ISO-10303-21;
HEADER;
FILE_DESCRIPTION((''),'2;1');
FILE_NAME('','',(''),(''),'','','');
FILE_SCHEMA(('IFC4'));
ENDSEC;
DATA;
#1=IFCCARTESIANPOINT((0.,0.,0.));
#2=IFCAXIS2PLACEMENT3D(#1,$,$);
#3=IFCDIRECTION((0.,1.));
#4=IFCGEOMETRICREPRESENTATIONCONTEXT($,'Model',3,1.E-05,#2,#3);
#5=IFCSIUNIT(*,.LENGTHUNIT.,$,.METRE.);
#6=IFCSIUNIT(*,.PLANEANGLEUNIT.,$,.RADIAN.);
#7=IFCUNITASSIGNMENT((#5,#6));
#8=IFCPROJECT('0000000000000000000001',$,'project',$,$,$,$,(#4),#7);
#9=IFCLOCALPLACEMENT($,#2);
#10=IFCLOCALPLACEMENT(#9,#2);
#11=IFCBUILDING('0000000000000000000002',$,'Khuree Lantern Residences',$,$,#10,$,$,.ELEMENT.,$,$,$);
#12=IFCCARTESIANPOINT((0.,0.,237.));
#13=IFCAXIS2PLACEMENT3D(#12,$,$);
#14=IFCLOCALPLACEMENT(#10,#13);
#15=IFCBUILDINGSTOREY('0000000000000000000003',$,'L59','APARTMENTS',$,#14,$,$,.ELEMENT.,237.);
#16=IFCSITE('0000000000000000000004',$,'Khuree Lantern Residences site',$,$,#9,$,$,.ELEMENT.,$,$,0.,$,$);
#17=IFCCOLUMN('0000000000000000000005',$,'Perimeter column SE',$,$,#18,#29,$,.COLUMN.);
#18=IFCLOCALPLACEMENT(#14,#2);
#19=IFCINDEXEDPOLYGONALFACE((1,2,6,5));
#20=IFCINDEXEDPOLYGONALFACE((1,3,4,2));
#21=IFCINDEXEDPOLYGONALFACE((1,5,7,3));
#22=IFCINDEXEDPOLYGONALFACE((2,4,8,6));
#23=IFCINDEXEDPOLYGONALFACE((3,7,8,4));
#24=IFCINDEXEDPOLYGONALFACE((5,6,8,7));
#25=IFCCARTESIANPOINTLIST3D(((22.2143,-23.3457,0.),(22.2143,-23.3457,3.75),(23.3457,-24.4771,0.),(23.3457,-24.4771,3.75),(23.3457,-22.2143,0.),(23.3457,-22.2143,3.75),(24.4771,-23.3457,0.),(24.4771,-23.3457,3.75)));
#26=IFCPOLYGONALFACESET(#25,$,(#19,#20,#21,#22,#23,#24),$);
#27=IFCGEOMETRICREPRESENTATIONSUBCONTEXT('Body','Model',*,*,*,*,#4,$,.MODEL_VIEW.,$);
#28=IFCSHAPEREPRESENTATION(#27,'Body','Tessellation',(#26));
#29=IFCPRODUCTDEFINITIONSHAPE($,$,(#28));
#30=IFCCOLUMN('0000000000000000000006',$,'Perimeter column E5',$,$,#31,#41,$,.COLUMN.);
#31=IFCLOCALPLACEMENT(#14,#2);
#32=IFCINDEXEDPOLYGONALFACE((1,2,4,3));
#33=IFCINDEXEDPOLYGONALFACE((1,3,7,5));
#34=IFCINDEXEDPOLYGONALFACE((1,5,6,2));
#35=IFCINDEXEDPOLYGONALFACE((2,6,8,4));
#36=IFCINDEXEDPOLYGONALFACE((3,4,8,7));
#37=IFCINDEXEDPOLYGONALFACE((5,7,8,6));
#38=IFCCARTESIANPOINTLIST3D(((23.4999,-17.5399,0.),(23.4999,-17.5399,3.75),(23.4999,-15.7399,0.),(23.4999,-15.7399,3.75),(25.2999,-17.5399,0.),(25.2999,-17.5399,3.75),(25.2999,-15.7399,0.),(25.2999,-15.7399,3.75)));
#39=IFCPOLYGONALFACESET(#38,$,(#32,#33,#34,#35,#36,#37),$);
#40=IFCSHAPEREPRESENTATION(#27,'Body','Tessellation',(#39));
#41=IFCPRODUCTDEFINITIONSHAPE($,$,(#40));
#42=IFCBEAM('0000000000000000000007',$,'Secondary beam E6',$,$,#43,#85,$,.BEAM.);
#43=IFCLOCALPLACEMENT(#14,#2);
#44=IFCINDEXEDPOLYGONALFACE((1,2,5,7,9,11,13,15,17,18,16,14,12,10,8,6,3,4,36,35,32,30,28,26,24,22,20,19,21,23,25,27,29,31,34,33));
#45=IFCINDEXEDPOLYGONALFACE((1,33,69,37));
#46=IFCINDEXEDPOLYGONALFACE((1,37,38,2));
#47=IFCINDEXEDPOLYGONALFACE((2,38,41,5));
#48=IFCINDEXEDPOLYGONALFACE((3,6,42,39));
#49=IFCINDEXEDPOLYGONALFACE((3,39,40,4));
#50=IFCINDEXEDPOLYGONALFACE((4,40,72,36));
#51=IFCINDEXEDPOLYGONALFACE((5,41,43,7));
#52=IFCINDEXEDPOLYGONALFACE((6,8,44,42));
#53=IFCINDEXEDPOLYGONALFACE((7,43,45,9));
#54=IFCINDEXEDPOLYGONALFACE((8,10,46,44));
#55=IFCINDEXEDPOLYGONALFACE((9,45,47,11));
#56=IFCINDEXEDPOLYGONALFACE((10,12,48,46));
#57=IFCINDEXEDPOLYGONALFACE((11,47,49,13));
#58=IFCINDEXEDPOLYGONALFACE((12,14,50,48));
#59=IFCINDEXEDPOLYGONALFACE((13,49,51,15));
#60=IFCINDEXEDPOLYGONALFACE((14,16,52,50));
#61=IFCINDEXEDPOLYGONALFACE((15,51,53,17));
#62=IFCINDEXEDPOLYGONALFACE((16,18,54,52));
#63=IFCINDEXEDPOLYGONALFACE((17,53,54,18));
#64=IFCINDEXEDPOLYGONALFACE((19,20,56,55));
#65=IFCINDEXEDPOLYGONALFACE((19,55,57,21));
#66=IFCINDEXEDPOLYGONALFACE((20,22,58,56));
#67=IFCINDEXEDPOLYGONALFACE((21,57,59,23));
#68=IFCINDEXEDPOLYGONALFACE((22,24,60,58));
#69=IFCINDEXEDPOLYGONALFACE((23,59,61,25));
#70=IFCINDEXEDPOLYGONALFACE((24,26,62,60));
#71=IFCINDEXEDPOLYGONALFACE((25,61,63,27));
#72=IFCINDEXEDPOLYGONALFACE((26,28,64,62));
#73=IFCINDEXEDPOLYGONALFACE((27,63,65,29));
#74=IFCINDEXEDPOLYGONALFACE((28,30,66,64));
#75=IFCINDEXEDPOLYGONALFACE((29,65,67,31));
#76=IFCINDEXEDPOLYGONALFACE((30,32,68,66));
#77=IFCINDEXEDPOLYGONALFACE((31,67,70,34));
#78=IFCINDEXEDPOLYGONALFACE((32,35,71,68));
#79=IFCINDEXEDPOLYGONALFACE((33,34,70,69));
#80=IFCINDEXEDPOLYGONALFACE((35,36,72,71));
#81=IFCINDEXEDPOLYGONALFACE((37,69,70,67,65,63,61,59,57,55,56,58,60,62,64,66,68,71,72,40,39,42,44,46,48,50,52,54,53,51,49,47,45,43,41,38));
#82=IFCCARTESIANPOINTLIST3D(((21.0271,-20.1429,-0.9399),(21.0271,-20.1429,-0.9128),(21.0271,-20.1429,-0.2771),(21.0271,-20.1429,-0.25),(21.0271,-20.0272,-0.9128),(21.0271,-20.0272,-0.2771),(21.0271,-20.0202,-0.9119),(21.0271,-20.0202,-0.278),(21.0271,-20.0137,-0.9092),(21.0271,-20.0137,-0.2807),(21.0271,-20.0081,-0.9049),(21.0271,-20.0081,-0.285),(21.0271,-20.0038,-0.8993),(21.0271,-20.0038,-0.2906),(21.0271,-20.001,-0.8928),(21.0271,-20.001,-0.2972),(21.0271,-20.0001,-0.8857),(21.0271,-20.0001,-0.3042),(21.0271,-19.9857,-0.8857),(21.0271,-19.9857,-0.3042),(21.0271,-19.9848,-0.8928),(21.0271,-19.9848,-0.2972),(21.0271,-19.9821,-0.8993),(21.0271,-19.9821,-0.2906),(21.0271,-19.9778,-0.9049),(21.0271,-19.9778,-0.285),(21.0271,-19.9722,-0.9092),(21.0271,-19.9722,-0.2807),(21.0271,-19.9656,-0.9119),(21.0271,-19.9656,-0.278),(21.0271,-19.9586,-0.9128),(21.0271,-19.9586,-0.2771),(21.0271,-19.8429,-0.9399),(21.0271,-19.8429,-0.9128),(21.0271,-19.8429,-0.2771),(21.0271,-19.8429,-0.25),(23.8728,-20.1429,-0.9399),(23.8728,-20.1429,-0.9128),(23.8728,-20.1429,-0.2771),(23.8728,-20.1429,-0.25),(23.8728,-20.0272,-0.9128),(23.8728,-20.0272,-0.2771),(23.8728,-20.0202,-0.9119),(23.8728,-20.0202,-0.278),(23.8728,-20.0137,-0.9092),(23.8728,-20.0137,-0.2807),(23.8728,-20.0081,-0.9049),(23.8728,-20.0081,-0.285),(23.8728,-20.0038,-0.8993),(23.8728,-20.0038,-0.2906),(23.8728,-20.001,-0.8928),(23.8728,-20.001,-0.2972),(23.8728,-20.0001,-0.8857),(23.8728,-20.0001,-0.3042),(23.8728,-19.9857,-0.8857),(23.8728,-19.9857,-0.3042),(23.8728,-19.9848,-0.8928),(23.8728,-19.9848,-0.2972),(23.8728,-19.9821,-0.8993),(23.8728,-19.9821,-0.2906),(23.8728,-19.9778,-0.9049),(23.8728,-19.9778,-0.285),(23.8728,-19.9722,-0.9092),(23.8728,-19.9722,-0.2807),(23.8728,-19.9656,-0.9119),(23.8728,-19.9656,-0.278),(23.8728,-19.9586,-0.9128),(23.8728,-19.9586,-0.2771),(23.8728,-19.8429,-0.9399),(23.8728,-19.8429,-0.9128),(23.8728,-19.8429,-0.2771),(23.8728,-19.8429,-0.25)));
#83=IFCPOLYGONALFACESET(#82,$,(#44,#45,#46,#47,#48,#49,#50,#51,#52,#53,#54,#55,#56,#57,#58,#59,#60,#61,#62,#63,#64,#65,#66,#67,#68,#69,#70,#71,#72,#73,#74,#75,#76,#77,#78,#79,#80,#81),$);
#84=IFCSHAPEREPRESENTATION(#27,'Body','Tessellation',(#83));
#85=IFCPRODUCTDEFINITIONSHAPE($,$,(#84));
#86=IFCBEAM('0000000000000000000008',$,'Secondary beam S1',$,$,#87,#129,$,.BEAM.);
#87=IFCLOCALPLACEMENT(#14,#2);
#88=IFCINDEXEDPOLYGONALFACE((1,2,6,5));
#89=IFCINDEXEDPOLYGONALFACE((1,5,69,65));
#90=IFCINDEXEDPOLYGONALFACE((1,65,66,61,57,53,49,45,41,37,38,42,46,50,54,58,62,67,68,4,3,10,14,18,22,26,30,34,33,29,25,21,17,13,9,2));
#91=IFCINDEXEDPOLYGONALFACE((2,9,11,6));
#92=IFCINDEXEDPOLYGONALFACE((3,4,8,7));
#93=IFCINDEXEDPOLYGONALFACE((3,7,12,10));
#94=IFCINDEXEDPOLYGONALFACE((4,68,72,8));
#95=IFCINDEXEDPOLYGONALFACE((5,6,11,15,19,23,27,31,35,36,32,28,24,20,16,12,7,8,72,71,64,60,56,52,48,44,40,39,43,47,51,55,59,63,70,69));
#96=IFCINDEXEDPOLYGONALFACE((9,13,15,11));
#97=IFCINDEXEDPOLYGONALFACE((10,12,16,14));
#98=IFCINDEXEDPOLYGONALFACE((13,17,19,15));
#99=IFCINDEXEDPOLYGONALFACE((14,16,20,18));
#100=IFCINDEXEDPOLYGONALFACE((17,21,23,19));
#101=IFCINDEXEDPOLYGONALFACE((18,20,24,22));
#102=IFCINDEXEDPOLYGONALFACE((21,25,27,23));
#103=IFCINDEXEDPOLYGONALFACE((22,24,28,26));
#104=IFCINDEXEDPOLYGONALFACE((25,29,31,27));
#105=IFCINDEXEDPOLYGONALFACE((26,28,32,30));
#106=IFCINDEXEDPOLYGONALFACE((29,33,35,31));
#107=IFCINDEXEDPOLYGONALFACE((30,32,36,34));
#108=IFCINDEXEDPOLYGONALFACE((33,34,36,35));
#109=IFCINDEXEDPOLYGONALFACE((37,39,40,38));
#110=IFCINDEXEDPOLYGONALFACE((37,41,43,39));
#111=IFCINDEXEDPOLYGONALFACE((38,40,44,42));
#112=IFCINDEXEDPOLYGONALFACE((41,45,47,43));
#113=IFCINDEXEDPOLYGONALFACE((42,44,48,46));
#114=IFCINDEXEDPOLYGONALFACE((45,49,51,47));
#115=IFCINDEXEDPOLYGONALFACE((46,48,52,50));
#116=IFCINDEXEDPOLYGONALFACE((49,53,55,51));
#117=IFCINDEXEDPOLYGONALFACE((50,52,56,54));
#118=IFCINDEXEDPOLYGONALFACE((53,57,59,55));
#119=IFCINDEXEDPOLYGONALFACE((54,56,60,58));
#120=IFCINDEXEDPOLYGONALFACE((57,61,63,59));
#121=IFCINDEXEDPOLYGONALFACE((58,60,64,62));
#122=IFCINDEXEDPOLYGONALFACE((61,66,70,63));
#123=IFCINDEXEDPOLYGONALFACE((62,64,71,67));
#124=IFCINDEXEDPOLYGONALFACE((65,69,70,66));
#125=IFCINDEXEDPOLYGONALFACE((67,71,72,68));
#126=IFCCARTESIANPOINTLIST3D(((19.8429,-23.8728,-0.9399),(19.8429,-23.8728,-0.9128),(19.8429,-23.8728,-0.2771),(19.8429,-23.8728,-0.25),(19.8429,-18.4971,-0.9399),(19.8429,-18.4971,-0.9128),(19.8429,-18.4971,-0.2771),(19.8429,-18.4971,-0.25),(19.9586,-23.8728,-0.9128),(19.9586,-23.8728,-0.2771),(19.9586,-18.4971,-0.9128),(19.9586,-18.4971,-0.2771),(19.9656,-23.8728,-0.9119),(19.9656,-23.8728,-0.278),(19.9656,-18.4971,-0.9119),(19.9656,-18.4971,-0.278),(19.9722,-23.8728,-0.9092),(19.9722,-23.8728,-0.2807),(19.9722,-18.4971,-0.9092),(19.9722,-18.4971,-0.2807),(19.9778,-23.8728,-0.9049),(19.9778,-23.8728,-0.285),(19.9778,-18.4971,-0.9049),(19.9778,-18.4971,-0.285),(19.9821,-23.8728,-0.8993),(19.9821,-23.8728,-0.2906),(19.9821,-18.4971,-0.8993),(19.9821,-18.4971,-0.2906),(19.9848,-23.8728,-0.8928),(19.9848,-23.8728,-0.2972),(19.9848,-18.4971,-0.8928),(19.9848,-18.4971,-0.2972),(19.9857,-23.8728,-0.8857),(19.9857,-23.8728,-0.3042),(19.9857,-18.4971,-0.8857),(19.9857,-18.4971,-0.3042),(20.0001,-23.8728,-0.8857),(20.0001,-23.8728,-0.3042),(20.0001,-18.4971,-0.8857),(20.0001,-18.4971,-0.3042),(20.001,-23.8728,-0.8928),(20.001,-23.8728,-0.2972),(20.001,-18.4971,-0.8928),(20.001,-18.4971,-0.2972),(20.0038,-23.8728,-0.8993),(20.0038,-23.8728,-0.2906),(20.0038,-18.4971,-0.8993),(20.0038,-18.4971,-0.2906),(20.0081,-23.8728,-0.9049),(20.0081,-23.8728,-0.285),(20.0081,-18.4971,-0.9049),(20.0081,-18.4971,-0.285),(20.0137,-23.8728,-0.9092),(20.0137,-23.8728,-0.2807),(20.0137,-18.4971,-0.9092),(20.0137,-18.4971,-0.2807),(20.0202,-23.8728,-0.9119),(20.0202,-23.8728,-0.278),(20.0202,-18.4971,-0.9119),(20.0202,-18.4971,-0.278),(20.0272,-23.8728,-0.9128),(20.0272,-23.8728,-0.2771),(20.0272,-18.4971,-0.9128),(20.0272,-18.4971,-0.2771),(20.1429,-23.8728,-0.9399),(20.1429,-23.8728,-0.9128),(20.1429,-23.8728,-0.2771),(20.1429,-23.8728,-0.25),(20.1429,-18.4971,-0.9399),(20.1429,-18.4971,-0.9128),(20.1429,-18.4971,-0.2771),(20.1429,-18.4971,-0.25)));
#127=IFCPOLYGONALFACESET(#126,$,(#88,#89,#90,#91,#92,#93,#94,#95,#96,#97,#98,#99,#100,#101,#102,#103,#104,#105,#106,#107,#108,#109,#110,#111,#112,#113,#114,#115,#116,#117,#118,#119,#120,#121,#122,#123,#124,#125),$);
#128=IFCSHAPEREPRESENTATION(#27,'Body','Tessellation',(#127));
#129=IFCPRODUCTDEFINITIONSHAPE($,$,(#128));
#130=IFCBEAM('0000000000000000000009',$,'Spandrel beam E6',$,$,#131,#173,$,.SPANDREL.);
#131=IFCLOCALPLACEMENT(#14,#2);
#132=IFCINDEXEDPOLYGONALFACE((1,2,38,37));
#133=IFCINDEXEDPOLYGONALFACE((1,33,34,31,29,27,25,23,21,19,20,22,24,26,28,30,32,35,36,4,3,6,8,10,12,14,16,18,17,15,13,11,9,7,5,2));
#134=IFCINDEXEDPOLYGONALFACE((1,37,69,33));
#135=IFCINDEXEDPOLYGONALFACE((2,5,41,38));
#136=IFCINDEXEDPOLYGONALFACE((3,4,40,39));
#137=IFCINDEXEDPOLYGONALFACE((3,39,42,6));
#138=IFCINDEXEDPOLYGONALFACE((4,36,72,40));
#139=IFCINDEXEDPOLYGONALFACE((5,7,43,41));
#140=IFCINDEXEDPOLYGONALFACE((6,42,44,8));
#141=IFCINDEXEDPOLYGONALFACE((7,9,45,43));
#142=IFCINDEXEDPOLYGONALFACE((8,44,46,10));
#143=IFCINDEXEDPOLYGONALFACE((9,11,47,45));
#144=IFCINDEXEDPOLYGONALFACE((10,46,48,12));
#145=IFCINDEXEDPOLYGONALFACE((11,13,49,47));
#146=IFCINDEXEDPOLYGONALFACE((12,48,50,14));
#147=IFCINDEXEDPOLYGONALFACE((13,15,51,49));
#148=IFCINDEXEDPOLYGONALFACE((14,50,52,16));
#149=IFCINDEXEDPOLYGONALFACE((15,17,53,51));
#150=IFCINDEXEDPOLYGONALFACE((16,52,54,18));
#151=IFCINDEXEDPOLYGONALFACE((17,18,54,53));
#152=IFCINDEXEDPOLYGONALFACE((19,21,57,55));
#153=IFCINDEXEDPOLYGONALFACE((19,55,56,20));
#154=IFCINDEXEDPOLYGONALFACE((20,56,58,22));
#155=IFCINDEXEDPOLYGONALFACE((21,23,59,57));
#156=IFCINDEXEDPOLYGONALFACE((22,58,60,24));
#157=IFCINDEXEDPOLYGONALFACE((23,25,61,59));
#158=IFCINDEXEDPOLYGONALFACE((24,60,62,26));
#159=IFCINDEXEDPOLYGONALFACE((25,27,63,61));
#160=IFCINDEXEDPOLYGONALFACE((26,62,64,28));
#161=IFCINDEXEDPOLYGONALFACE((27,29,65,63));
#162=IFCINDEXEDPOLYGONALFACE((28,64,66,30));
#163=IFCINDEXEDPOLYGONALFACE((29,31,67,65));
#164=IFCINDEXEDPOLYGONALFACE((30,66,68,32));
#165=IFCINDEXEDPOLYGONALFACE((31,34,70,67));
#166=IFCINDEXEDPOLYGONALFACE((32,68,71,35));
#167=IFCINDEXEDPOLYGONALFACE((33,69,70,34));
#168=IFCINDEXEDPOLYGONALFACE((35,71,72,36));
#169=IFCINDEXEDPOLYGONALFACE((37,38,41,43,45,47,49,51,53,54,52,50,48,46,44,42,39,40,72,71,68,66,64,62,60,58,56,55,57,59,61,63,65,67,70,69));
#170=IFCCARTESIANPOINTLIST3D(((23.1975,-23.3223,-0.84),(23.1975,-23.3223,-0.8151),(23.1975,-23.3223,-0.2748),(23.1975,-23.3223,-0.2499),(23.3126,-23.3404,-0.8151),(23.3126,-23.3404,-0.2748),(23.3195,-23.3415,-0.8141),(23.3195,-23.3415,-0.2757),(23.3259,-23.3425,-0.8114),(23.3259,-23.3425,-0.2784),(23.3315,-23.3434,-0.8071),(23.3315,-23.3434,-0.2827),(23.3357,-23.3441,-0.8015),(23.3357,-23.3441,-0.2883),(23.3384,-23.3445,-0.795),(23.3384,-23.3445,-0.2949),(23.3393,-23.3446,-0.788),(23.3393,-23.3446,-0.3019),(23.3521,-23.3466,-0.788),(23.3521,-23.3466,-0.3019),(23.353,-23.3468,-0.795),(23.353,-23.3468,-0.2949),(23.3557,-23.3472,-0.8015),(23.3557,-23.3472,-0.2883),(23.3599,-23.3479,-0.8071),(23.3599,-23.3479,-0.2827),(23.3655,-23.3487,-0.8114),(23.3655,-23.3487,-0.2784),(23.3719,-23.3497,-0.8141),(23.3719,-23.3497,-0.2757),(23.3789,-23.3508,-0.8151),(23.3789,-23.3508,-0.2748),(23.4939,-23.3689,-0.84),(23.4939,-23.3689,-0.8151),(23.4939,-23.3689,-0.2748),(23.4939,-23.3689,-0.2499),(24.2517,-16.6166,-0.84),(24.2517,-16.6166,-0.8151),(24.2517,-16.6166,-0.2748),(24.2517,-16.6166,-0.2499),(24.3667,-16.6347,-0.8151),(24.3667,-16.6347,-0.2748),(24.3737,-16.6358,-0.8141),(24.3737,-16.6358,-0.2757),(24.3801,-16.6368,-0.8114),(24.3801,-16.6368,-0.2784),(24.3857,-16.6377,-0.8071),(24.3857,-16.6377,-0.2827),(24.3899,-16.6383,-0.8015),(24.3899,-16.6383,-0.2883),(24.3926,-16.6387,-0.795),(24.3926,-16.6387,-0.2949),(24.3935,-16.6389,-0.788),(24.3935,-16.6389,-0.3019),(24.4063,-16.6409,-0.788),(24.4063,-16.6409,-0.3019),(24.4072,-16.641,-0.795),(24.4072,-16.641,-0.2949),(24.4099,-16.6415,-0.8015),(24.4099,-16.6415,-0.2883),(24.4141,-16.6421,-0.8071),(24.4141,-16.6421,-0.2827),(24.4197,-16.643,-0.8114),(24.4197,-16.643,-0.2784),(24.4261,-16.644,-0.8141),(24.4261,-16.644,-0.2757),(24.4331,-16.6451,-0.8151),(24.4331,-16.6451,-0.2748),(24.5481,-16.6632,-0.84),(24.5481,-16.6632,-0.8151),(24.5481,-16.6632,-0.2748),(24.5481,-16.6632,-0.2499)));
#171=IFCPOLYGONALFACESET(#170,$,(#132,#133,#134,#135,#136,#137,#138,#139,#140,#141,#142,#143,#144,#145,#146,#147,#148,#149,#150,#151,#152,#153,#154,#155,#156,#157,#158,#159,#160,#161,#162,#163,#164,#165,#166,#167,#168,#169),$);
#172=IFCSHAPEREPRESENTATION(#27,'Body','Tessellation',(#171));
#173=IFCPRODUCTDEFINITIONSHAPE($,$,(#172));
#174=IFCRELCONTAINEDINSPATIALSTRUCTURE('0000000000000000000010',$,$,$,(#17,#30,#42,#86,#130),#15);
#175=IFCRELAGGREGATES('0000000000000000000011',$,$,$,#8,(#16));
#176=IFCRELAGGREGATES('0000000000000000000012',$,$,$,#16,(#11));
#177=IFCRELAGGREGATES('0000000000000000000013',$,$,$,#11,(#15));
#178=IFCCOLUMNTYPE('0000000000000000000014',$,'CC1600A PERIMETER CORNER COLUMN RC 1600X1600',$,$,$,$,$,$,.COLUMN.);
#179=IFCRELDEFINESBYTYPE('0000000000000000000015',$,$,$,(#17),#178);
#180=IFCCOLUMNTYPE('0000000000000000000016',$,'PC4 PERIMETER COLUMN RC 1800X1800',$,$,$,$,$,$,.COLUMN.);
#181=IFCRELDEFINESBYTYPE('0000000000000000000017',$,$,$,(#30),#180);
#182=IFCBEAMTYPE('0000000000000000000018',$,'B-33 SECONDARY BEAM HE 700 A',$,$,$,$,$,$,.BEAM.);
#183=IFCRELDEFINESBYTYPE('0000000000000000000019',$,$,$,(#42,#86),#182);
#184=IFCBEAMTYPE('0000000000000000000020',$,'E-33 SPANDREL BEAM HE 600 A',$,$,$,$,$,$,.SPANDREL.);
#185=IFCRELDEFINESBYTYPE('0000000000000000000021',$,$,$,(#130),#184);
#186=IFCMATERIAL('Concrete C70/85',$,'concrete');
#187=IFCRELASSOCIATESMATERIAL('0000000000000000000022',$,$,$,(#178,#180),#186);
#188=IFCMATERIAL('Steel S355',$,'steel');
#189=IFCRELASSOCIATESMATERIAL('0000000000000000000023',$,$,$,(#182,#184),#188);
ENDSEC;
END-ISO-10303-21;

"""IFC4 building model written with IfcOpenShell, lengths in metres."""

from ifc_helpers import new_model, si_unit, direction, frame, origin, origin_2d, place, context, subcontext, project, spatial, rectangle, i_section, extrude, material, material_profile, profile_set, type_object, element, save


model = new_model("IFC4")

# Units and contexts
model_context = context("Model", 3, precision=1e-05, world=origin(), true_north=direction((0.0, 1.0)))
body_context = subcontext(model_context, "Body", "Model", "MODEL_VIEW")
ifc_project = project(units=[si_unit("LENGTHUNIT", "METRE"), si_unit("PLANEANGLEUNIT", "RADIAN")], contexts=[model_context])

# Site, building, storey
site_placement = place(None, origin())
site = spatial("IfcSite", under=ifc_project, at=site_placement, Name="Khuree Lantern Residences site", CompositionType="ELEMENT", RefElevation=0.0)
building_placement = place(site_placement, origin())
building = spatial("IfcBuilding", under=site, at=building_placement, Name="Khuree Lantern Residences", CompositionType="ELEMENT")
storey_placement = place(building_placement, frame((0.0, 0.0, 237.0)))
storey = spatial("IfcBuildingStorey", under=building, at=storey_placement, Name="L59", Description="APARTMENTS", CompositionType="ELEMENT", Elevation=237.0)

# Columns
ifc_material_1 = material(Name="Concrete C70/85", Category="concrete")
ifc_material_profile_1 = material_profile(ifc_material_1, rectangle(XDim=1.6001, YDim=1.6001, at=origin_2d()), Name="RC 1600X1600")
ifc_profile_set_1 = profile_set([ifc_material_profile_1], Name="Concrete C70/85")
column_type_1 = type_object("IfcColumnType", Name="CC1600A PERIMETER CORNER COLUMN RC 1600X1600", PredefinedType="COLUMN", material=ifc_profile_set_1)
column_1_placement = place(storey_placement, frame((23.3457, -23.3457, 0.0), z_axis=(0.0, 0.0, 1.0), x_axis=(0.707107, 0.707107, 0.0)))
element("IfcColumn", 1, at=column_1_placement, inside=storey, type_object=column_type_1, Name="Perimeter column SE", PredefinedType="COLUMN", context=body_context, shape_type="SweptSolid", body=[
    extrude(rectangle(XDim=1.6001, YDim=1.6001, at=origin_2d()), origin(), (0.0, 0.0, 1.0), 3.75),
])
ifc_material_profile_2 = material_profile(ifc_material_1, rectangle(XDim=1.8, YDim=1.8, at=origin_2d()), Name="RC 1800X1800")
ifc_profile_set_2 = profile_set([ifc_material_profile_2], Name="Concrete C70/85")
column_type_2 = type_object("IfcColumnType", Name="PC4 PERIMETER COLUMN RC 1800X1800", PredefinedType="COLUMN", material=ifc_profile_set_2)
column_2_placement = place(storey_placement, frame((24.3999, -16.6399, 0.0), z_axis=(0.0, 0.0, 1.0), x_axis=(0.0, 1.0, 0.0)))
element("IfcColumn", 2, at=column_2_placement, inside=storey, type_object=column_type_2, Name="Perimeter column E5", PredefinedType="COLUMN", context=body_context, shape_type="SweptSolid", body=[
    extrude(rectangle(XDim=1.8, YDim=1.8, at=origin_2d()), origin(), (0.0, 0.0, 1.0), 3.75),
])

# Beams
ifc_material_2 = material(Name="Steel S355", Category="steel")
ifc_material_profile_3 = material_profile(ifc_material_2, i_section(OverallWidth=0.3, OverallDepth=0.6899, WebThickness=0.0144, FlangeThickness=0.0271, FilletRadius=0.0271, at=origin_2d()), Name="HE 700 A")
ifc_profile_set_3 = profile_set([ifc_material_profile_3], Name="Steel S355")
beam_type_1 = type_object("IfcBeamType", Name="B-33 SECONDARY BEAM HE 700 A", PredefinedType="BEAM", material=ifc_profile_set_3)
beam_1_placement = place(storey_placement, frame((23.8728, -19.9929, -0.595), z_axis=(-1.0, 0.0, 0.0), x_axis=(0.0, -1.0, 0.0)))
element("IfcBeam", 3, at=beam_1_placement, inside=storey, type_object=beam_type_1, Name="Secondary beam E6", PredefinedType="BEAM", context=body_context, shape_type="SweptSolid", body=[
    extrude(i_section(OverallWidth=0.3, OverallDepth=0.6899, WebThickness=0.0144, FlangeThickness=0.0271, FilletRadius=0.0271, at=origin_2d()), origin(), (0.0, 0.0, 1.0), 2.8457),
])
beam_2_placement = place(storey_placement, frame((19.9929, -23.8728, -0.595), z_axis=(0.0, 1.0, 0.0), x_axis=(-1.0, 0.0, 0.0)))
element("IfcBeam", 4, at=beam_2_placement, inside=storey, type_object=beam_type_1, Name="Secondary beam S1", PredefinedType="BEAM", context=body_context, shape_type="SweptSolid", body=[
    extrude(i_section(OverallWidth=0.3, OverallDepth=0.6899, WebThickness=0.0144, FlangeThickness=0.0271, FilletRadius=0.0271, at=origin_2d()), origin(), (0.0, 0.0, 1.0), 5.3757),
])
ifc_material_profile_4 = material_profile(ifc_material_2, i_section(OverallWidth=0.3, OverallDepth=0.5901, WebThickness=0.0129, FlangeThickness=0.0249, FilletRadius=0.0271, at=origin_2d()), Name="HE 600 A")
ifc_profile_set_4 = profile_set([ifc_material_profile_4], Name="Steel S355")
beam_type_2 = type_object("IfcBeamType", Name="E-33 SPANDREL BEAM HE 600 A", PredefinedType="SPANDREL", material=ifc_profile_set_4)
for number, where, z_axis, x_axis, name in (
    (5, (24.3999, -16.6399, -0.5449), (-0.1553, -0.987867, 0.0), (0.987867, -0.1553, 0.0), "Spandrel beam E6"),
):
    element("IfcBeam", number, at=place(storey_placement, frame(where, z_axis=z_axis, x_axis=x_axis)), inside=storey, type_object=beam_type_2, Name=name, PredefinedType="SPANDREL", context=body_context, shape_type="SweptSolid", body=[
        extrude(i_section(OverallWidth=0.3, OverallDepth=0.5901, WebThickness=0.0129, FlangeThickness=0.0249, FilletRadius=0.0271, at=origin_2d()), origin(), (0.0, 0.0, 1.0), 6.7881),
    ])

save(model, "model.ifc")
